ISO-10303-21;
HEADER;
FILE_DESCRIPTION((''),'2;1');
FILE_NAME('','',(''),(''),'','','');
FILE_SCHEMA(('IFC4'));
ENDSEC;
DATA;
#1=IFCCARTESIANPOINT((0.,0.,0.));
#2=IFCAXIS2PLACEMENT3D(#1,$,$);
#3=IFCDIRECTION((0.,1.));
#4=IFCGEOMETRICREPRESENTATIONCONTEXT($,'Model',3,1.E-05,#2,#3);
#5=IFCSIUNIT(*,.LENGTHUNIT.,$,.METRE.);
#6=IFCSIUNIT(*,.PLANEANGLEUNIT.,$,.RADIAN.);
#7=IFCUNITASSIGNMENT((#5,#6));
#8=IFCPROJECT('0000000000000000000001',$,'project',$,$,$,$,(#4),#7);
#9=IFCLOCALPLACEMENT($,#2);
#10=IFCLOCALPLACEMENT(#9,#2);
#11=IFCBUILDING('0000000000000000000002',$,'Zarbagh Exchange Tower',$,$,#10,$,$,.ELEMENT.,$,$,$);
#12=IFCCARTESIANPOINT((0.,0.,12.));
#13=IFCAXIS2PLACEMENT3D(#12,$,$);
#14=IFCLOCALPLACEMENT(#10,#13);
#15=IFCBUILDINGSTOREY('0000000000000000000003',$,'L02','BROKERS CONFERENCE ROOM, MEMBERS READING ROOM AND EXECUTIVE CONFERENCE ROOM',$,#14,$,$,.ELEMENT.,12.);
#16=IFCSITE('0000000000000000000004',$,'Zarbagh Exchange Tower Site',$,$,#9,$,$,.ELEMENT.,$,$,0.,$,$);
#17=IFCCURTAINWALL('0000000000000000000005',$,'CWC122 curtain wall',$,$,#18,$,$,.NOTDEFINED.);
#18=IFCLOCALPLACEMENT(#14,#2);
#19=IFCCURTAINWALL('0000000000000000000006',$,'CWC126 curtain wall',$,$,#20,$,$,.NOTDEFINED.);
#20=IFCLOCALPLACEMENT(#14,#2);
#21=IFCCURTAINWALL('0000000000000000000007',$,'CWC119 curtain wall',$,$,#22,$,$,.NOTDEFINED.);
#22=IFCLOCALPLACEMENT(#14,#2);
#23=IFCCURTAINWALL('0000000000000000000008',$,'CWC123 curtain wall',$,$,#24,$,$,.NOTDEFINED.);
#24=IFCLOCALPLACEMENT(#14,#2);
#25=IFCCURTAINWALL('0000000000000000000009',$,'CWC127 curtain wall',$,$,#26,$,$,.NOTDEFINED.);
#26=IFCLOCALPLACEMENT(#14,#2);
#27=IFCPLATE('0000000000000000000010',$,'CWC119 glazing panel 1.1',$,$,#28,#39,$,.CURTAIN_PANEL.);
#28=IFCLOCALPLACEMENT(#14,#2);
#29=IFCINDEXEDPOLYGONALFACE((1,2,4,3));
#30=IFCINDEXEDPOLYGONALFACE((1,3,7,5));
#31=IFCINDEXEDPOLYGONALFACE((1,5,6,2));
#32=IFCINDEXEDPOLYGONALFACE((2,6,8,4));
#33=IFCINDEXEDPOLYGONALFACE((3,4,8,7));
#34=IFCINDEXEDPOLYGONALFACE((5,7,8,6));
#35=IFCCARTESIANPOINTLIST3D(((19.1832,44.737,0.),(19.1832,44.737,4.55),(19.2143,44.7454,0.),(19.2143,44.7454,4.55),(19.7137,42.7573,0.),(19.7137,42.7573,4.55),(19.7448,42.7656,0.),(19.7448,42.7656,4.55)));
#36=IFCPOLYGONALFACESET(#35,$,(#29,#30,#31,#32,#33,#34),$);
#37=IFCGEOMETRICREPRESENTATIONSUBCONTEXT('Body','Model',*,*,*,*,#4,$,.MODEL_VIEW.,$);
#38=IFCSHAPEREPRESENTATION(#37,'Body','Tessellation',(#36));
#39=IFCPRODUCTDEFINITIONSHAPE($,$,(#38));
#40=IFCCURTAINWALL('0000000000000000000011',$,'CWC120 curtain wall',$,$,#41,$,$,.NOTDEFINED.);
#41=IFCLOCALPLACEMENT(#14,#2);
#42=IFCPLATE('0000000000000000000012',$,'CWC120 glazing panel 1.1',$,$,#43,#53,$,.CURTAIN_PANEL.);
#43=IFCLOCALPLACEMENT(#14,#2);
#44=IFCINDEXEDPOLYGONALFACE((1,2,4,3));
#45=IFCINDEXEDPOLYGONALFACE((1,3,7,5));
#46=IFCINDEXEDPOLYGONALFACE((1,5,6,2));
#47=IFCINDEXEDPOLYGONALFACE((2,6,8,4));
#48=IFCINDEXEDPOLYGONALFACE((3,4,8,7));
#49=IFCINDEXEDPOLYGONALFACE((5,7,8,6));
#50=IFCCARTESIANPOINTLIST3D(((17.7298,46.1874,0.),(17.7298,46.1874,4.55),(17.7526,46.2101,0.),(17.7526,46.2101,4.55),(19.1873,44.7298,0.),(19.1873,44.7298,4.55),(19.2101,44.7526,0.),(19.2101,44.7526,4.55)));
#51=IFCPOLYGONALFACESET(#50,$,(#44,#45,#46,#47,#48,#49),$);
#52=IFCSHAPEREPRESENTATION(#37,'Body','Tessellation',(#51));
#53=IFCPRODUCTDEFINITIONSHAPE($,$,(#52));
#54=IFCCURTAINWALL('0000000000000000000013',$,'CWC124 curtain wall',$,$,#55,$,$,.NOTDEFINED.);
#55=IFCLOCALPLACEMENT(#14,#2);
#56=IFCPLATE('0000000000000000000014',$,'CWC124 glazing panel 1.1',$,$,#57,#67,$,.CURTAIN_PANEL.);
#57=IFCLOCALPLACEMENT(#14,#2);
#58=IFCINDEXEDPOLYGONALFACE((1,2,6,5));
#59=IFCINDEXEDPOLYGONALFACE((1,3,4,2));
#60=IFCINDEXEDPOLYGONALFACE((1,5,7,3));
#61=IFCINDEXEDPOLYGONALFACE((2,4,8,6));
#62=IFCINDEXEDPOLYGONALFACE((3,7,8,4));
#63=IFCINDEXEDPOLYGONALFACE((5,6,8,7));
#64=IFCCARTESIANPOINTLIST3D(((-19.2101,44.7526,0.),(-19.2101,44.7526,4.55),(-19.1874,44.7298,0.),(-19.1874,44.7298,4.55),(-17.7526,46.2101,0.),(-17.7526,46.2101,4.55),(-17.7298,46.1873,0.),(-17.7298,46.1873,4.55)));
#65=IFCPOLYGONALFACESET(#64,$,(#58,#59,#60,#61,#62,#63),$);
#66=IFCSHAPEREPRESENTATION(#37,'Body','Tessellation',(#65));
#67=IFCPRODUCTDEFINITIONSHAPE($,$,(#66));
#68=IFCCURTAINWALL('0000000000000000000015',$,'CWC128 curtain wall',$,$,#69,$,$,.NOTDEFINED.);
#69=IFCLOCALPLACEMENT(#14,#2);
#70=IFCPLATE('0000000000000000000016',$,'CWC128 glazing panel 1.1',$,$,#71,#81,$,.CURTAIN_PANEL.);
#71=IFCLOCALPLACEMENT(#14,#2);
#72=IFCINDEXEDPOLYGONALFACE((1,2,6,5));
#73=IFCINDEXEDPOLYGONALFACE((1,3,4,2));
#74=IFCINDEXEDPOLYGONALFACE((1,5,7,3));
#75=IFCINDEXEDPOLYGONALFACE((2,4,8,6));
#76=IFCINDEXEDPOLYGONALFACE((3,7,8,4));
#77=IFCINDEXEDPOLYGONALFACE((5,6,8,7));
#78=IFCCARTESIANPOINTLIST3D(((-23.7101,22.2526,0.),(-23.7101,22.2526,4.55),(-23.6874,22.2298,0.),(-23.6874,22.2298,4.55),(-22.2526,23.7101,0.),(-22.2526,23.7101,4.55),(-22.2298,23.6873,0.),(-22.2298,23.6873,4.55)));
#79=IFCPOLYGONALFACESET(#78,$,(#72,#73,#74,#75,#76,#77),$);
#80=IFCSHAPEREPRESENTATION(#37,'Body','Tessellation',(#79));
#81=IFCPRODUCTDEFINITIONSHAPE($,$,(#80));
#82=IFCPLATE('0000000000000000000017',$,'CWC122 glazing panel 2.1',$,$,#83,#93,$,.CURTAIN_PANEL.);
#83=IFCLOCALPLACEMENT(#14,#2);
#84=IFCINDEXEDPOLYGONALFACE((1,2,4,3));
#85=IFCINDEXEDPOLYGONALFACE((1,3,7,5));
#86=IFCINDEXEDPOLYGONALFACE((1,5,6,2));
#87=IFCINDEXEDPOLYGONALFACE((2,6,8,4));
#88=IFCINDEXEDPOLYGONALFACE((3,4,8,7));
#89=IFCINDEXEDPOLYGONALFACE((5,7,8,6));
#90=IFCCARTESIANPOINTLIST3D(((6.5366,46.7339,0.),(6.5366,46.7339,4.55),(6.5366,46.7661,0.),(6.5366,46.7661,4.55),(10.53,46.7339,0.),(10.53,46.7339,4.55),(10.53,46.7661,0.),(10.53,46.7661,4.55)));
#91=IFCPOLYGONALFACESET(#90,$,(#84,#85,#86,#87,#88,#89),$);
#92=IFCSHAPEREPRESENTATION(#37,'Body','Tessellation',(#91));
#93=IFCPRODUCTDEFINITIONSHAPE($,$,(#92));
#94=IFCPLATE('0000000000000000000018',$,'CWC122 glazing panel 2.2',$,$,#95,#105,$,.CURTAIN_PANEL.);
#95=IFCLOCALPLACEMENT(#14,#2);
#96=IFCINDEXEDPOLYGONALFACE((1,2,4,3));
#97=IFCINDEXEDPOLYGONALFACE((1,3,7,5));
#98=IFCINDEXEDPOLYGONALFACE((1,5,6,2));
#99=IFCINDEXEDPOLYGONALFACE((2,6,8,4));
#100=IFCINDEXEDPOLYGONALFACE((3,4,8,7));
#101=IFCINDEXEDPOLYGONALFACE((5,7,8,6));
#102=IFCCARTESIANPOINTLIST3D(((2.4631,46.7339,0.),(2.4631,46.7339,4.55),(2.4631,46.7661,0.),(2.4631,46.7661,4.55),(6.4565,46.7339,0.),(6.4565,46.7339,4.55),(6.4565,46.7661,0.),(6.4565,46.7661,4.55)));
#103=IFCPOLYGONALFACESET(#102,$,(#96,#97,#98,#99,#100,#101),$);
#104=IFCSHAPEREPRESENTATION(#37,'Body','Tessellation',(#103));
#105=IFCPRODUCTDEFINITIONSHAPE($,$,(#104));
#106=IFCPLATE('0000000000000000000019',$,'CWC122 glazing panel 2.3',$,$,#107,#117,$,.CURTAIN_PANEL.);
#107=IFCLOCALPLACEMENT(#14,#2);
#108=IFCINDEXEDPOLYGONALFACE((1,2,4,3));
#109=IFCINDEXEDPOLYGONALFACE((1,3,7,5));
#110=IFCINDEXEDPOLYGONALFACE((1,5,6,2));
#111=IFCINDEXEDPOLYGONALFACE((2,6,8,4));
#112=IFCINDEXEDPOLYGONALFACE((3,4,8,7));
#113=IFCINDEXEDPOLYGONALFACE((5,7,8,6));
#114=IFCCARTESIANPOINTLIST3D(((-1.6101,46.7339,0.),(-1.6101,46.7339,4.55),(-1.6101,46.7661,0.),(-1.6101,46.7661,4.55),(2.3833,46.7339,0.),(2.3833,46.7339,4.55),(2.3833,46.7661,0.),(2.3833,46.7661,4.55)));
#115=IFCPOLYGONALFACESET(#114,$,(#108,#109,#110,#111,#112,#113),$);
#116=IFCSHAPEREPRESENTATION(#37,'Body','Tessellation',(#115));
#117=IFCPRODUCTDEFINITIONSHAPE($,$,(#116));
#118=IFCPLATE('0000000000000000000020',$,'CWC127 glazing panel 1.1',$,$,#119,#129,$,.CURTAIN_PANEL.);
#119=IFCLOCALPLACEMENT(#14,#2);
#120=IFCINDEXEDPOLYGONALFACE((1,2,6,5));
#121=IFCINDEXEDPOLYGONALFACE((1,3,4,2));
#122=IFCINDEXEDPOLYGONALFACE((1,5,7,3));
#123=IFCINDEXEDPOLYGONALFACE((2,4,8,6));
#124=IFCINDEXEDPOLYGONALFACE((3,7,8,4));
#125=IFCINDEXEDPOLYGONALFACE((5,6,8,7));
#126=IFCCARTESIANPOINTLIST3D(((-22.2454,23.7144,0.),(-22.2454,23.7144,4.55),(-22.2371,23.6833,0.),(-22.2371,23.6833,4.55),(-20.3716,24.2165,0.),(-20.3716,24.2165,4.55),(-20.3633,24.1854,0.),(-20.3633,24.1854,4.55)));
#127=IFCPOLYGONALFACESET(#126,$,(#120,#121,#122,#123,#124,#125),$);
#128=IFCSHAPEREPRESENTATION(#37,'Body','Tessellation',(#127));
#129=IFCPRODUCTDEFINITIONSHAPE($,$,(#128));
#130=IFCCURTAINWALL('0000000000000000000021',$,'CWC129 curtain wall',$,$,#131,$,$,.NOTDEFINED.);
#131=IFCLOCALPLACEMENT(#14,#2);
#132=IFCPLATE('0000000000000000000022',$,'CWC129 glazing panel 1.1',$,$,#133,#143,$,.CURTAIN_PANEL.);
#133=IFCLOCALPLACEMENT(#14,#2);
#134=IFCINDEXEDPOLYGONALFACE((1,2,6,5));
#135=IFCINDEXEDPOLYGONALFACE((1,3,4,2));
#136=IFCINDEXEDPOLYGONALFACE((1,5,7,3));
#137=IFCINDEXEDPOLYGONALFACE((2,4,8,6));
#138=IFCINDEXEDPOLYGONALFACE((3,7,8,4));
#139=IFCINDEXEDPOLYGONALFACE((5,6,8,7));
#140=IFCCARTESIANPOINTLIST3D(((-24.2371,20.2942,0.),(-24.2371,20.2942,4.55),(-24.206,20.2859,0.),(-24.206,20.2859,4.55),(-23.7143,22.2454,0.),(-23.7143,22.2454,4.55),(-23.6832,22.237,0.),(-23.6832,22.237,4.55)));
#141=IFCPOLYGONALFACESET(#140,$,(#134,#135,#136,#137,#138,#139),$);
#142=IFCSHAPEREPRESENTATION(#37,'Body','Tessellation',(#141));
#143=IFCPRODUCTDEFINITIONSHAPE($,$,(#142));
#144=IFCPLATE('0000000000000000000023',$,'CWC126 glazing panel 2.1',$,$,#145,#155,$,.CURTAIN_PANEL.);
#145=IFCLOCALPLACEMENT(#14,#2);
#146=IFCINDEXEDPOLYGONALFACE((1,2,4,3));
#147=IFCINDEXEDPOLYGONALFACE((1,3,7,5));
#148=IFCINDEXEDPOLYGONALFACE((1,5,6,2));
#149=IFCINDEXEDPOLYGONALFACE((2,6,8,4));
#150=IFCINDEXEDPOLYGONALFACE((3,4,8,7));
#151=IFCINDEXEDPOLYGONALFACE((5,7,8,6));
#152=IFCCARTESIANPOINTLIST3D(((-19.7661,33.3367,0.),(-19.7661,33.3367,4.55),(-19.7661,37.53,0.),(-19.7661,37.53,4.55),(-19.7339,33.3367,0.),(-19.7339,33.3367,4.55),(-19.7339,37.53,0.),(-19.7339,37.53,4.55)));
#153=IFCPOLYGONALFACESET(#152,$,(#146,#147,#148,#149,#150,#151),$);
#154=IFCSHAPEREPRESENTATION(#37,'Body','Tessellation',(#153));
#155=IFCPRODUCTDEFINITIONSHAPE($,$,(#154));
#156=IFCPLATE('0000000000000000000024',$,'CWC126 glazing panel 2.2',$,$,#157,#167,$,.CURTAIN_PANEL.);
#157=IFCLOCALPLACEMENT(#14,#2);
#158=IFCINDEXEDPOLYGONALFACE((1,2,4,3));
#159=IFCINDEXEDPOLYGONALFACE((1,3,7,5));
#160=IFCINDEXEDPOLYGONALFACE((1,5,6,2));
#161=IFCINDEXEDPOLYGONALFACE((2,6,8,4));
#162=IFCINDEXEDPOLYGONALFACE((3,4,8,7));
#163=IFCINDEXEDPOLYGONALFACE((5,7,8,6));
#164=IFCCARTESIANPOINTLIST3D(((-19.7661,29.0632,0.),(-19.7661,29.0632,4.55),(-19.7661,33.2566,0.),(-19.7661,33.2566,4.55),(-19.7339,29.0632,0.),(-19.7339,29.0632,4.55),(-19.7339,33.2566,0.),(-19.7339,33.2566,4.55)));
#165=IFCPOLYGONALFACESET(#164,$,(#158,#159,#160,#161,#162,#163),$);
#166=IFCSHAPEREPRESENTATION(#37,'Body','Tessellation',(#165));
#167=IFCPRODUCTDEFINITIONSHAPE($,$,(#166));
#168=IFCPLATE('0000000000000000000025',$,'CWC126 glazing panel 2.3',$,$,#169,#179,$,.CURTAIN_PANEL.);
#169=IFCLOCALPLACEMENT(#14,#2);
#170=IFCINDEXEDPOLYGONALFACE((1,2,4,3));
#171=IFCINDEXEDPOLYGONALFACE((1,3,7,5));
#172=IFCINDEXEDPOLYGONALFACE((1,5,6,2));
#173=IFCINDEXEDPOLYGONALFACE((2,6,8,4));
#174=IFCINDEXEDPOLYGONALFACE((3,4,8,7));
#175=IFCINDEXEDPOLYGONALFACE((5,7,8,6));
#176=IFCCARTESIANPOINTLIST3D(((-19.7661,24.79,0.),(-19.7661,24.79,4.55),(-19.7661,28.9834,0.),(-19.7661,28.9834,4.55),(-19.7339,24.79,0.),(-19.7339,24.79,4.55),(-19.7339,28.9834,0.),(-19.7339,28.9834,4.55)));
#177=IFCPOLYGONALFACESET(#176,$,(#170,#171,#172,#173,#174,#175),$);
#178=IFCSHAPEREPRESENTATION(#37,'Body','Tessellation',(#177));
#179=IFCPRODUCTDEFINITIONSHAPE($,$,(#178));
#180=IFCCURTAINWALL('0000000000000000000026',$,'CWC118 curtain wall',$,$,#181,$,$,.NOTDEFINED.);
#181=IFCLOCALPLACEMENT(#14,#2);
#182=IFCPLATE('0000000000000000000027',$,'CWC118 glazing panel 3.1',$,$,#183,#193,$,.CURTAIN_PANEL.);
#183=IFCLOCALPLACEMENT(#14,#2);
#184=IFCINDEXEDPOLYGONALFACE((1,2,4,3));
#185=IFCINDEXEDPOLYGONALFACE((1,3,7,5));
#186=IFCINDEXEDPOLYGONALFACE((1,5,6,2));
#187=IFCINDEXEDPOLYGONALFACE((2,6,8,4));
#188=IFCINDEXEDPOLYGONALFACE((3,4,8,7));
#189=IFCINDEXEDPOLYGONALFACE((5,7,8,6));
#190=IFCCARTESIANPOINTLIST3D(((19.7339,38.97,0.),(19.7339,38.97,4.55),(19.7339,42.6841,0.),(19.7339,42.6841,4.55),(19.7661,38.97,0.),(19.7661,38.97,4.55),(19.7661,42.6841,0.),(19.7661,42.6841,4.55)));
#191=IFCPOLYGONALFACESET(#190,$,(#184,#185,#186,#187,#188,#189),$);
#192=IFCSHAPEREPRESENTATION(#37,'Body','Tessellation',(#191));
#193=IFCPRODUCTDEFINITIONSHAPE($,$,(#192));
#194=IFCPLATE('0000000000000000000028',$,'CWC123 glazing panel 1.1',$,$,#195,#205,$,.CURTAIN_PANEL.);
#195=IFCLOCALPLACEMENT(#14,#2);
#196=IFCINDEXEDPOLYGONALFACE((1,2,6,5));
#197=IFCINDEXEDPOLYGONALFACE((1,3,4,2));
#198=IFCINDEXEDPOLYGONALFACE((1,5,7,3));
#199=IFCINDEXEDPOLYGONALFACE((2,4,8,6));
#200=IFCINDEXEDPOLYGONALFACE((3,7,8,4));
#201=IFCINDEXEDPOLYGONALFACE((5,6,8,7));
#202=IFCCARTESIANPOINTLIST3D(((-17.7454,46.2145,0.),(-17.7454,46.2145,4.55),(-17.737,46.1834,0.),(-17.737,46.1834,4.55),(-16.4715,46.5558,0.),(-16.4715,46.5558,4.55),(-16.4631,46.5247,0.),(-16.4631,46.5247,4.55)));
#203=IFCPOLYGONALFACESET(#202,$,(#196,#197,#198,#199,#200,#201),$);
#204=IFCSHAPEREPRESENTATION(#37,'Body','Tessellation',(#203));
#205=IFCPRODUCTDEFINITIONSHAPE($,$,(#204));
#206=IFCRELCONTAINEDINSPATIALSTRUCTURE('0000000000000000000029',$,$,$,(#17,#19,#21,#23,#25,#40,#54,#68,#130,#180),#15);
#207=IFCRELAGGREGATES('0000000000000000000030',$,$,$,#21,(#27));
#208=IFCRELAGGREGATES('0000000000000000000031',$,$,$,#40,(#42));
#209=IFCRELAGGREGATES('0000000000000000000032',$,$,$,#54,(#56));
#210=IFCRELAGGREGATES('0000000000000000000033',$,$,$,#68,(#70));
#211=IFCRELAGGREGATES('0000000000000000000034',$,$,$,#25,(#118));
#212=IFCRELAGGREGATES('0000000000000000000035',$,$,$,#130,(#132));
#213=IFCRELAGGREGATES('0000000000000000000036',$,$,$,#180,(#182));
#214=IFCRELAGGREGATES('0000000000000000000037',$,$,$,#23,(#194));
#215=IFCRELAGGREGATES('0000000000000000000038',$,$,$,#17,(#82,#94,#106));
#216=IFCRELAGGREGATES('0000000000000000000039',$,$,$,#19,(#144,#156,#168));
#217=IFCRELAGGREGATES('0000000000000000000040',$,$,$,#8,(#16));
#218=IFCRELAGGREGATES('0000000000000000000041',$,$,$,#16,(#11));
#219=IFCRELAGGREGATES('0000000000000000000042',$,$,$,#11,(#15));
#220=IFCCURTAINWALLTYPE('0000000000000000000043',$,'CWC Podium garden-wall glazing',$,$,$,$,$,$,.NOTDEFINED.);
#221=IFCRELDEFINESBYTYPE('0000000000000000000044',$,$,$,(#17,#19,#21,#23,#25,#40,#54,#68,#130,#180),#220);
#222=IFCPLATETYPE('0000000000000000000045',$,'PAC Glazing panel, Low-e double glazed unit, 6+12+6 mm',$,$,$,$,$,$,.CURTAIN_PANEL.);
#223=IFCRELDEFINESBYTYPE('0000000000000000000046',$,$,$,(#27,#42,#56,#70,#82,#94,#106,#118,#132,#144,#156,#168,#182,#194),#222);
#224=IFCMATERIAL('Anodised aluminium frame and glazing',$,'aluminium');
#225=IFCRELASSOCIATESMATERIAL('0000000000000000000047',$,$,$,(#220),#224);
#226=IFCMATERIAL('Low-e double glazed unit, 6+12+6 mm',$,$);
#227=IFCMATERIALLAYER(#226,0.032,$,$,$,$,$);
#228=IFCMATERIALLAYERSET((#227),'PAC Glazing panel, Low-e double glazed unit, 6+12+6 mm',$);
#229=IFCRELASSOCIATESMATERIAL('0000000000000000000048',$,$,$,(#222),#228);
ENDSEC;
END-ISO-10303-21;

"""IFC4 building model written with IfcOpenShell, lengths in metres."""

from ifc_helpers import new_model, si_unit, direction, frame, origin, place, context, subcontext, project, spatial, polyline, outline, extrude, source, transform, mapped, material, layer, layer_set, type_object, element, aggregate, save


model = new_model("IFC4")

# Units and contexts
model_context = context("Model", 3, precision=1e-05, world=origin(), true_north=direction((0.0, 1.0)))
body_context = subcontext(model_context, "Body", "Model", "MODEL_VIEW")
ifc_project = project(units=[si_unit("LENGTHUNIT", "METRE"), si_unit("PLANEANGLEUNIT", "RADIAN")], contexts=[model_context])

# Site, building, storey
site_placement = place(None, origin())
site = spatial("IfcSite", under=ifc_project, at=site_placement, Name="Zarbagh Exchange Tower Site", CompositionType="ELEMENT", RefElevation=0.0)
building_placement = place(site_placement, origin())
building = spatial("IfcBuilding", under=site, at=building_placement, Name="Zarbagh Exchange Tower", CompositionType="ELEMENT")
storey_placement = place(building_placement, frame((0.0, 0.0, 12.0)))
storey = spatial("IfcBuildingStorey", under=building, at=storey_placement, Name="L02", Description="BROKERS CONFERENCE ROOM, MEMBERS READING ROOM AND EXECUTIVE CONFERENCE ROOM", CompositionType="ELEMENT", Elevation=12.0)

# Curtain walls
ifc_material_1 = material(Name="Anodised aluminium frame and glazing", Category="aluminium")
curtain_wall_type = type_object("IfcCurtainWallType", Name="CWC Podium garden-wall glazing", PredefinedType="NOTDEFINED", material=ifc_material_1)
curtain_wall_1_placement = place(storey_placement, origin())
curtain_wall_1 = element("IfcCurtainWall", 1, at=curtain_wall_1_placement, inside=storey, type_object=curtain_wall_type, Name="CWC122 curtain wall", PredefinedType="NOTDEFINED")
placement = place(storey_placement, origin())
curtain_wall_2_placement = place(storey_placement, origin())
curtain_wall_2 = element("IfcCurtainWall", 2, at=curtain_wall_2_placement, inside=storey, type_object=curtain_wall_type, Name="CWC126 curtain wall", PredefinedType="NOTDEFINED")
curtain_wall_3_placement = place(storey_placement, origin())
curtain_wall_3 = element("IfcCurtainWall", 3, at=curtain_wall_3_placement, inside=storey, type_object=curtain_wall_type, Name="CWC119 curtain wall", PredefinedType="NOTDEFINED")

# Curtain wall
curtain_wall_4_placement = place(storey_placement, origin())
curtain_wall_4 = element("IfcCurtainWall", 4, at=curtain_wall_4_placement, inside=storey, type_object=curtain_wall_type, Name="CWC123 curtain wall", PredefinedType="NOTDEFINED")

# Curtain wall
curtain_wall_5_placement = place(storey_placement, origin())
curtain_wall_5 = element("IfcCurtainWall", 5, at=curtain_wall_5_placement, inside=storey, type_object=curtain_wall_type, Name="CWC127 curtain wall", PredefinedType="NOTDEFINED")

# Plate
ifc_material_2 = material(Name="Low-e double glazed unit, 6+12+6 mm")
ifc_layer = layer(ifc_material_2, 0.032)
ifc_layer_set = layer_set([ifc_layer], Name="PAC Glazing panel, Low-e double glazed unit, 6+12+6 mm")
plate_type = type_object("IfcPlateType", Name="PAC Glazing panel, Low-e double glazed unit, 6+12+6 mm", PredefinedType="CURTAIN_PANEL", material=ifc_layer_set)
shared_shape_1 = source(origin(), body_context, "Body", "SweptSolid", [
    extrude(outline(polyline([(0.0, -0.0161), (2.0496, -0.0161), (2.0496, 0.0161), (0.0, 0.0161), (0.0, -0.0161)])), origin(), (0.0, 0.0, 1.0), 4.55),
])
plate_1 = element("IfcPlate", 6, at=placement, type_object=plate_type, Name="CWC119 glazing panel 1.1", PredefinedType="CURTAIN_PANEL", context=body_context, shape_type="MappedRepresentation", body=[
    mapped(shared_shape_1, transform((19.7292, 42.7615, 0.0), x_axis=(-0.258825, 0.965924, 0.0), y_axis=(-0.965924, -0.258825, 0.0), z_axis=(0.0, 0.0, 1.0))),
])
aggregate(curtain_wall_3, [plate_1])

# Curtain walls, plates
curtain_wall_6_placement = place(storey_placement, origin())
curtain_wall_6 = element("IfcCurtainWall", 7, at=curtain_wall_6_placement, inside=storey, type_object=curtain_wall_type, Name="CWC120 curtain wall", PredefinedType="NOTDEFINED")
shared_shape_2 = source(origin(), body_context, "Body", "SweptSolid", [
    extrude(outline(polyline([(0.0, -0.0161), (2.0613, -0.0161), (2.0613, 0.0161), (0.0, 0.0161), (0.0, -0.0161)])), origin(), (0.0, 0.0, 1.0), 4.55),
])
plate_2 = element("IfcPlate", 8, at=placement, type_object=plate_type, Name="CWC120 glazing panel 1.1", PredefinedType="CURTAIN_PANEL", context=body_context, shape_type="MappedRepresentation", body=[
    mapped(shared_shape_2, transform((19.1987, 44.7412, 0.0), x_axis=(-0.707107, 0.707107, 0.0), y_axis=(-0.707107, -0.707107, 0.0), z_axis=(0.0, 0.0, 1.0))),
])
aggregate(curtain_wall_6, [plate_2])
curtain_wall_7_placement = place(storey_placement, origin())
curtain_wall_7 = element("IfcCurtainWall", 9, at=curtain_wall_7_placement, inside=storey, type_object=curtain_wall_type, Name="CWC124 curtain wall", PredefinedType="NOTDEFINED")
plate_3 = element("IfcPlate", 10, at=placement, type_object=plate_type, Name="CWC124 glazing panel 1.1", PredefinedType="CURTAIN_PANEL", context=body_context, shape_type="MappedRepresentation", body=[
    mapped(shared_shape_2, transform((-17.7412, 46.1987, 0.0), x_axis=(-0.707107, -0.707107, 0.0), y_axis=(0.707107, -0.707107, 0.0), z_axis=(0.0, 0.0, 1.0))),
])
aggregate(curtain_wall_7, [plate_3])
curtain_wall_8_placement = place(storey_placement, origin())
curtain_wall_8 = element("IfcCurtainWall", 11, at=curtain_wall_8_placement, inside=storey, type_object=curtain_wall_type, Name="CWC128 curtain wall", PredefinedType="NOTDEFINED")
plate_4 = element("IfcPlate", 12, at=placement, type_object=plate_type, Name="CWC128 glazing panel 1.1", PredefinedType="CURTAIN_PANEL", context=body_context, shape_type="MappedRepresentation", body=[
    mapped(shared_shape_2, transform((-22.2412, 23.6987, 0.0), x_axis=(-0.707107, -0.707107, 0.0), y_axis=(0.707107, -0.707107, 0.0), z_axis=(0.0, 0.0, 1.0))),
])
aggregate(curtain_wall_8, [plate_4])

# Plates
shared_shape_3 = source(origin(), body_context, "Body", "SweptSolid", [
    extrude(outline(polyline([(0.0, -0.0161), (3.9934, -0.0161), (3.9934, 0.0161), (0.0, 0.0161), (0.0, -0.0161)])), origin(), (0.0, 0.0, 1.0), 4.55),
])
plate_5 = element("IfcPlate", 13, at=placement, type_object=plate_type, Name="CWC122 glazing panel 2.1", PredefinedType="CURTAIN_PANEL", context=body_context, shape_type="MappedRepresentation", body=[
    mapped(shared_shape_3, transform((10.53, 46.75, 0.0), x_axis=(-1.0, 0.0, 0.0), y_axis=(0.0, -1.0, 0.0), z_axis=(0.0, 0.0, 1.0))),
])
plate_6 = element("IfcPlate", 14, at=placement, type_object=plate_type, Name="CWC122 glazing panel 2.2", PredefinedType="CURTAIN_PANEL", context=body_context, shape_type="MappedRepresentation", body=[
    mapped(shared_shape_3, transform((6.4565, 46.75, 0.0), x_axis=(-1.0, 0.0, 0.0), y_axis=(0.0, -1.0, 0.0), z_axis=(0.0, 0.0, 1.0))),
])
plate_7 = element("IfcPlate", 15, at=placement, type_object=plate_type, Name="CWC122 glazing panel 2.3", PredefinedType="CURTAIN_PANEL", context=body_context, shape_type="MappedRepresentation", body=[
    mapped(shared_shape_3, transform((2.3833, 46.75, 0.0), x_axis=(-1.0, 0.0, 0.0), y_axis=(0.0, -1.0, 0.0), z_axis=(0.0, 0.0, 1.0))),
])
shared_shape_4 = source(origin(), body_context, "Body", "SweptSolid", [
    extrude(outline(polyline([(0.0, -0.0161), (1.9399, -0.0161), (1.9399, 0.0161), (0.0, 0.0161), (0.0, -0.0161)])), origin(), (0.0, 0.0, 1.0), 4.55),
])
plate_8 = element("IfcPlate", 16, at=placement, type_object=plate_type, Name="CWC127 glazing panel 1.1", PredefinedType="CURTAIN_PANEL", context=body_context, shape_type="MappedRepresentation", body=[
    mapped(shared_shape_4, transform((-20.3674, 24.2009, 0.0), x_axis=(-0.965924, -0.258825, 0.0), y_axis=(0.258825, -0.965924, 0.0), z_axis=(0.0, 0.0, 1.0))),
])
aggregate(curtain_wall_5, [plate_8])

# Curtain wall, plate
curtain_wall_9_placement = place(storey_placement, origin())
curtain_wall_9 = element("IfcCurtainWall", 17, at=curtain_wall_9_placement, inside=storey, type_object=curtain_wall_type, Name="CWC129 curtain wall", PredefinedType="NOTDEFINED")
shared_shape_5 = source(origin(), body_context, "Body", "SweptSolid", [
    extrude(outline(polyline([(0.0, -0.0161), (2.02, -0.0161), (2.02, 0.0161), (0.0, 0.0161), (0.0, -0.0161)])), origin(), (0.0, 0.0, 1.0), 4.55),
])
plate_9 = element("IfcPlate", 18, at=placement, type_object=plate_type, Name="CWC129 glazing panel 1.1", PredefinedType="CURTAIN_PANEL", context=body_context, shape_type="MappedRepresentation", body=[
    mapped(shared_shape_5, transform((-23.6987, 22.2412, 0.0), x_axis=(-0.258825, -0.965924, 0.0), y_axis=(0.965924, -0.258825, 0.0), z_axis=(0.0, 0.0, 1.0))),
])
aggregate(curtain_wall_9, [plate_9])

# Plates
shared_shape_6 = source(origin(), body_context, "Body", "SweptSolid", [
    extrude(outline(polyline([(0.0, -0.0161), (4.1934, -0.0161), (4.1934, 0.0161), (0.0, 0.0161), (0.0, -0.0161)])), origin(), (0.0, 0.0, 1.0), 4.55),
])
plate_10 = element("IfcPlate", 19, at=placement, type_object=plate_type, Name="CWC126 glazing panel 2.1", PredefinedType="CURTAIN_PANEL", context=body_context, shape_type="MappedRepresentation", body=[
    mapped(shared_shape_6, transform((-19.75, 37.53, 0.0), x_axis=(0.0, -1.0, 0.0), y_axis=(1.0, 0.0, 0.0), z_axis=(0.0, 0.0, 1.0))),
])
plate_11 = element("IfcPlate", 20, at=placement, type_object=plate_type, Name="CWC126 glazing panel 2.2", PredefinedType="CURTAIN_PANEL", context=body_context, shape_type="MappedRepresentation", body=[
    mapped(shared_shape_6, transform((-19.75, 33.2566, 0.0), x_axis=(0.0, -1.0, 0.0), y_axis=(1.0, 0.0, 0.0), z_axis=(0.0, 0.0, 1.0))),
])
plate_12 = element("IfcPlate", 21, at=placement, type_object=plate_type, Name="CWC126 glazing panel 2.3", PredefinedType="CURTAIN_PANEL", context=body_context, shape_type="MappedRepresentation", body=[
    mapped(shared_shape_6, transform((-19.75, 28.9834, 0.0), x_axis=(0.0, -1.0, 0.0), y_axis=(1.0, 0.0, 0.0), z_axis=(0.0, 0.0, 1.0))),
])

# Curtain wall, plate
curtain_wall_10_placement = place(storey_placement, origin())
curtain_wall_10 = element("IfcCurtainWall", 22, at=curtain_wall_10_placement, inside=storey, type_object=curtain_wall_type, Name="CWC118 curtain wall", PredefinedType="NOTDEFINED")
shared_shape_7 = source(origin(), body_context, "Body", "SweptSolid", [
    extrude(outline(polyline([(0.0, -0.0161), (3.7141, -0.0161), (3.7141, 0.0161), (0.0, 0.0161), (0.0, -0.0161)])), origin(), (0.0, 0.0, 1.0), 4.55),
])
plate_13 = element("IfcPlate", 23, at=placement, type_object=plate_type, Name="CWC118 glazing panel 3.1", PredefinedType="CURTAIN_PANEL", context=body_context, shape_type="MappedRepresentation", body=[
    mapped(shared_shape_7, transform((19.75, 38.97, 0.0), x_axis=(0.0, 1.0, 0.0), y_axis=(-1.0, 0.0, 0.0), z_axis=(0.0, 0.0, 1.0))),
])
aggregate(curtain_wall_10, [plate_13])

# Plate
shared_shape_8 = source(origin(), body_context, "Body", "SweptSolid", [
    extrude(outline(polyline([(0.0, -0.0161), (1.3188, -0.0161), (1.3188, 0.0161), (0.0, 0.0161), (0.0, -0.0161)])), origin(), (0.0, 0.0, 1.0), 4.55),
])
plate_14 = element("IfcPlate", 24, at=placement, type_object=plate_type, Name="CWC123 glazing panel 1.1", PredefinedType="CURTAIN_PANEL", context=body_context, shape_type="MappedRepresentation", body=[
    mapped(shared_shape_8, transform((-16.4673, 46.5403, 0.0), x_axis=(-0.965924, -0.258825, 0.0), y_axis=(0.258825, -0.965924, 0.0), z_axis=(0.0, 0.0, 1.0))),
])
aggregate(curtain_wall_4, [plate_14])

aggregate(curtain_wall_1, [plate_5, plate_6, plate_7])
aggregate(curtain_wall_2, [plate_10, plate_11, plate_12])

save(model, "model.ifc")
